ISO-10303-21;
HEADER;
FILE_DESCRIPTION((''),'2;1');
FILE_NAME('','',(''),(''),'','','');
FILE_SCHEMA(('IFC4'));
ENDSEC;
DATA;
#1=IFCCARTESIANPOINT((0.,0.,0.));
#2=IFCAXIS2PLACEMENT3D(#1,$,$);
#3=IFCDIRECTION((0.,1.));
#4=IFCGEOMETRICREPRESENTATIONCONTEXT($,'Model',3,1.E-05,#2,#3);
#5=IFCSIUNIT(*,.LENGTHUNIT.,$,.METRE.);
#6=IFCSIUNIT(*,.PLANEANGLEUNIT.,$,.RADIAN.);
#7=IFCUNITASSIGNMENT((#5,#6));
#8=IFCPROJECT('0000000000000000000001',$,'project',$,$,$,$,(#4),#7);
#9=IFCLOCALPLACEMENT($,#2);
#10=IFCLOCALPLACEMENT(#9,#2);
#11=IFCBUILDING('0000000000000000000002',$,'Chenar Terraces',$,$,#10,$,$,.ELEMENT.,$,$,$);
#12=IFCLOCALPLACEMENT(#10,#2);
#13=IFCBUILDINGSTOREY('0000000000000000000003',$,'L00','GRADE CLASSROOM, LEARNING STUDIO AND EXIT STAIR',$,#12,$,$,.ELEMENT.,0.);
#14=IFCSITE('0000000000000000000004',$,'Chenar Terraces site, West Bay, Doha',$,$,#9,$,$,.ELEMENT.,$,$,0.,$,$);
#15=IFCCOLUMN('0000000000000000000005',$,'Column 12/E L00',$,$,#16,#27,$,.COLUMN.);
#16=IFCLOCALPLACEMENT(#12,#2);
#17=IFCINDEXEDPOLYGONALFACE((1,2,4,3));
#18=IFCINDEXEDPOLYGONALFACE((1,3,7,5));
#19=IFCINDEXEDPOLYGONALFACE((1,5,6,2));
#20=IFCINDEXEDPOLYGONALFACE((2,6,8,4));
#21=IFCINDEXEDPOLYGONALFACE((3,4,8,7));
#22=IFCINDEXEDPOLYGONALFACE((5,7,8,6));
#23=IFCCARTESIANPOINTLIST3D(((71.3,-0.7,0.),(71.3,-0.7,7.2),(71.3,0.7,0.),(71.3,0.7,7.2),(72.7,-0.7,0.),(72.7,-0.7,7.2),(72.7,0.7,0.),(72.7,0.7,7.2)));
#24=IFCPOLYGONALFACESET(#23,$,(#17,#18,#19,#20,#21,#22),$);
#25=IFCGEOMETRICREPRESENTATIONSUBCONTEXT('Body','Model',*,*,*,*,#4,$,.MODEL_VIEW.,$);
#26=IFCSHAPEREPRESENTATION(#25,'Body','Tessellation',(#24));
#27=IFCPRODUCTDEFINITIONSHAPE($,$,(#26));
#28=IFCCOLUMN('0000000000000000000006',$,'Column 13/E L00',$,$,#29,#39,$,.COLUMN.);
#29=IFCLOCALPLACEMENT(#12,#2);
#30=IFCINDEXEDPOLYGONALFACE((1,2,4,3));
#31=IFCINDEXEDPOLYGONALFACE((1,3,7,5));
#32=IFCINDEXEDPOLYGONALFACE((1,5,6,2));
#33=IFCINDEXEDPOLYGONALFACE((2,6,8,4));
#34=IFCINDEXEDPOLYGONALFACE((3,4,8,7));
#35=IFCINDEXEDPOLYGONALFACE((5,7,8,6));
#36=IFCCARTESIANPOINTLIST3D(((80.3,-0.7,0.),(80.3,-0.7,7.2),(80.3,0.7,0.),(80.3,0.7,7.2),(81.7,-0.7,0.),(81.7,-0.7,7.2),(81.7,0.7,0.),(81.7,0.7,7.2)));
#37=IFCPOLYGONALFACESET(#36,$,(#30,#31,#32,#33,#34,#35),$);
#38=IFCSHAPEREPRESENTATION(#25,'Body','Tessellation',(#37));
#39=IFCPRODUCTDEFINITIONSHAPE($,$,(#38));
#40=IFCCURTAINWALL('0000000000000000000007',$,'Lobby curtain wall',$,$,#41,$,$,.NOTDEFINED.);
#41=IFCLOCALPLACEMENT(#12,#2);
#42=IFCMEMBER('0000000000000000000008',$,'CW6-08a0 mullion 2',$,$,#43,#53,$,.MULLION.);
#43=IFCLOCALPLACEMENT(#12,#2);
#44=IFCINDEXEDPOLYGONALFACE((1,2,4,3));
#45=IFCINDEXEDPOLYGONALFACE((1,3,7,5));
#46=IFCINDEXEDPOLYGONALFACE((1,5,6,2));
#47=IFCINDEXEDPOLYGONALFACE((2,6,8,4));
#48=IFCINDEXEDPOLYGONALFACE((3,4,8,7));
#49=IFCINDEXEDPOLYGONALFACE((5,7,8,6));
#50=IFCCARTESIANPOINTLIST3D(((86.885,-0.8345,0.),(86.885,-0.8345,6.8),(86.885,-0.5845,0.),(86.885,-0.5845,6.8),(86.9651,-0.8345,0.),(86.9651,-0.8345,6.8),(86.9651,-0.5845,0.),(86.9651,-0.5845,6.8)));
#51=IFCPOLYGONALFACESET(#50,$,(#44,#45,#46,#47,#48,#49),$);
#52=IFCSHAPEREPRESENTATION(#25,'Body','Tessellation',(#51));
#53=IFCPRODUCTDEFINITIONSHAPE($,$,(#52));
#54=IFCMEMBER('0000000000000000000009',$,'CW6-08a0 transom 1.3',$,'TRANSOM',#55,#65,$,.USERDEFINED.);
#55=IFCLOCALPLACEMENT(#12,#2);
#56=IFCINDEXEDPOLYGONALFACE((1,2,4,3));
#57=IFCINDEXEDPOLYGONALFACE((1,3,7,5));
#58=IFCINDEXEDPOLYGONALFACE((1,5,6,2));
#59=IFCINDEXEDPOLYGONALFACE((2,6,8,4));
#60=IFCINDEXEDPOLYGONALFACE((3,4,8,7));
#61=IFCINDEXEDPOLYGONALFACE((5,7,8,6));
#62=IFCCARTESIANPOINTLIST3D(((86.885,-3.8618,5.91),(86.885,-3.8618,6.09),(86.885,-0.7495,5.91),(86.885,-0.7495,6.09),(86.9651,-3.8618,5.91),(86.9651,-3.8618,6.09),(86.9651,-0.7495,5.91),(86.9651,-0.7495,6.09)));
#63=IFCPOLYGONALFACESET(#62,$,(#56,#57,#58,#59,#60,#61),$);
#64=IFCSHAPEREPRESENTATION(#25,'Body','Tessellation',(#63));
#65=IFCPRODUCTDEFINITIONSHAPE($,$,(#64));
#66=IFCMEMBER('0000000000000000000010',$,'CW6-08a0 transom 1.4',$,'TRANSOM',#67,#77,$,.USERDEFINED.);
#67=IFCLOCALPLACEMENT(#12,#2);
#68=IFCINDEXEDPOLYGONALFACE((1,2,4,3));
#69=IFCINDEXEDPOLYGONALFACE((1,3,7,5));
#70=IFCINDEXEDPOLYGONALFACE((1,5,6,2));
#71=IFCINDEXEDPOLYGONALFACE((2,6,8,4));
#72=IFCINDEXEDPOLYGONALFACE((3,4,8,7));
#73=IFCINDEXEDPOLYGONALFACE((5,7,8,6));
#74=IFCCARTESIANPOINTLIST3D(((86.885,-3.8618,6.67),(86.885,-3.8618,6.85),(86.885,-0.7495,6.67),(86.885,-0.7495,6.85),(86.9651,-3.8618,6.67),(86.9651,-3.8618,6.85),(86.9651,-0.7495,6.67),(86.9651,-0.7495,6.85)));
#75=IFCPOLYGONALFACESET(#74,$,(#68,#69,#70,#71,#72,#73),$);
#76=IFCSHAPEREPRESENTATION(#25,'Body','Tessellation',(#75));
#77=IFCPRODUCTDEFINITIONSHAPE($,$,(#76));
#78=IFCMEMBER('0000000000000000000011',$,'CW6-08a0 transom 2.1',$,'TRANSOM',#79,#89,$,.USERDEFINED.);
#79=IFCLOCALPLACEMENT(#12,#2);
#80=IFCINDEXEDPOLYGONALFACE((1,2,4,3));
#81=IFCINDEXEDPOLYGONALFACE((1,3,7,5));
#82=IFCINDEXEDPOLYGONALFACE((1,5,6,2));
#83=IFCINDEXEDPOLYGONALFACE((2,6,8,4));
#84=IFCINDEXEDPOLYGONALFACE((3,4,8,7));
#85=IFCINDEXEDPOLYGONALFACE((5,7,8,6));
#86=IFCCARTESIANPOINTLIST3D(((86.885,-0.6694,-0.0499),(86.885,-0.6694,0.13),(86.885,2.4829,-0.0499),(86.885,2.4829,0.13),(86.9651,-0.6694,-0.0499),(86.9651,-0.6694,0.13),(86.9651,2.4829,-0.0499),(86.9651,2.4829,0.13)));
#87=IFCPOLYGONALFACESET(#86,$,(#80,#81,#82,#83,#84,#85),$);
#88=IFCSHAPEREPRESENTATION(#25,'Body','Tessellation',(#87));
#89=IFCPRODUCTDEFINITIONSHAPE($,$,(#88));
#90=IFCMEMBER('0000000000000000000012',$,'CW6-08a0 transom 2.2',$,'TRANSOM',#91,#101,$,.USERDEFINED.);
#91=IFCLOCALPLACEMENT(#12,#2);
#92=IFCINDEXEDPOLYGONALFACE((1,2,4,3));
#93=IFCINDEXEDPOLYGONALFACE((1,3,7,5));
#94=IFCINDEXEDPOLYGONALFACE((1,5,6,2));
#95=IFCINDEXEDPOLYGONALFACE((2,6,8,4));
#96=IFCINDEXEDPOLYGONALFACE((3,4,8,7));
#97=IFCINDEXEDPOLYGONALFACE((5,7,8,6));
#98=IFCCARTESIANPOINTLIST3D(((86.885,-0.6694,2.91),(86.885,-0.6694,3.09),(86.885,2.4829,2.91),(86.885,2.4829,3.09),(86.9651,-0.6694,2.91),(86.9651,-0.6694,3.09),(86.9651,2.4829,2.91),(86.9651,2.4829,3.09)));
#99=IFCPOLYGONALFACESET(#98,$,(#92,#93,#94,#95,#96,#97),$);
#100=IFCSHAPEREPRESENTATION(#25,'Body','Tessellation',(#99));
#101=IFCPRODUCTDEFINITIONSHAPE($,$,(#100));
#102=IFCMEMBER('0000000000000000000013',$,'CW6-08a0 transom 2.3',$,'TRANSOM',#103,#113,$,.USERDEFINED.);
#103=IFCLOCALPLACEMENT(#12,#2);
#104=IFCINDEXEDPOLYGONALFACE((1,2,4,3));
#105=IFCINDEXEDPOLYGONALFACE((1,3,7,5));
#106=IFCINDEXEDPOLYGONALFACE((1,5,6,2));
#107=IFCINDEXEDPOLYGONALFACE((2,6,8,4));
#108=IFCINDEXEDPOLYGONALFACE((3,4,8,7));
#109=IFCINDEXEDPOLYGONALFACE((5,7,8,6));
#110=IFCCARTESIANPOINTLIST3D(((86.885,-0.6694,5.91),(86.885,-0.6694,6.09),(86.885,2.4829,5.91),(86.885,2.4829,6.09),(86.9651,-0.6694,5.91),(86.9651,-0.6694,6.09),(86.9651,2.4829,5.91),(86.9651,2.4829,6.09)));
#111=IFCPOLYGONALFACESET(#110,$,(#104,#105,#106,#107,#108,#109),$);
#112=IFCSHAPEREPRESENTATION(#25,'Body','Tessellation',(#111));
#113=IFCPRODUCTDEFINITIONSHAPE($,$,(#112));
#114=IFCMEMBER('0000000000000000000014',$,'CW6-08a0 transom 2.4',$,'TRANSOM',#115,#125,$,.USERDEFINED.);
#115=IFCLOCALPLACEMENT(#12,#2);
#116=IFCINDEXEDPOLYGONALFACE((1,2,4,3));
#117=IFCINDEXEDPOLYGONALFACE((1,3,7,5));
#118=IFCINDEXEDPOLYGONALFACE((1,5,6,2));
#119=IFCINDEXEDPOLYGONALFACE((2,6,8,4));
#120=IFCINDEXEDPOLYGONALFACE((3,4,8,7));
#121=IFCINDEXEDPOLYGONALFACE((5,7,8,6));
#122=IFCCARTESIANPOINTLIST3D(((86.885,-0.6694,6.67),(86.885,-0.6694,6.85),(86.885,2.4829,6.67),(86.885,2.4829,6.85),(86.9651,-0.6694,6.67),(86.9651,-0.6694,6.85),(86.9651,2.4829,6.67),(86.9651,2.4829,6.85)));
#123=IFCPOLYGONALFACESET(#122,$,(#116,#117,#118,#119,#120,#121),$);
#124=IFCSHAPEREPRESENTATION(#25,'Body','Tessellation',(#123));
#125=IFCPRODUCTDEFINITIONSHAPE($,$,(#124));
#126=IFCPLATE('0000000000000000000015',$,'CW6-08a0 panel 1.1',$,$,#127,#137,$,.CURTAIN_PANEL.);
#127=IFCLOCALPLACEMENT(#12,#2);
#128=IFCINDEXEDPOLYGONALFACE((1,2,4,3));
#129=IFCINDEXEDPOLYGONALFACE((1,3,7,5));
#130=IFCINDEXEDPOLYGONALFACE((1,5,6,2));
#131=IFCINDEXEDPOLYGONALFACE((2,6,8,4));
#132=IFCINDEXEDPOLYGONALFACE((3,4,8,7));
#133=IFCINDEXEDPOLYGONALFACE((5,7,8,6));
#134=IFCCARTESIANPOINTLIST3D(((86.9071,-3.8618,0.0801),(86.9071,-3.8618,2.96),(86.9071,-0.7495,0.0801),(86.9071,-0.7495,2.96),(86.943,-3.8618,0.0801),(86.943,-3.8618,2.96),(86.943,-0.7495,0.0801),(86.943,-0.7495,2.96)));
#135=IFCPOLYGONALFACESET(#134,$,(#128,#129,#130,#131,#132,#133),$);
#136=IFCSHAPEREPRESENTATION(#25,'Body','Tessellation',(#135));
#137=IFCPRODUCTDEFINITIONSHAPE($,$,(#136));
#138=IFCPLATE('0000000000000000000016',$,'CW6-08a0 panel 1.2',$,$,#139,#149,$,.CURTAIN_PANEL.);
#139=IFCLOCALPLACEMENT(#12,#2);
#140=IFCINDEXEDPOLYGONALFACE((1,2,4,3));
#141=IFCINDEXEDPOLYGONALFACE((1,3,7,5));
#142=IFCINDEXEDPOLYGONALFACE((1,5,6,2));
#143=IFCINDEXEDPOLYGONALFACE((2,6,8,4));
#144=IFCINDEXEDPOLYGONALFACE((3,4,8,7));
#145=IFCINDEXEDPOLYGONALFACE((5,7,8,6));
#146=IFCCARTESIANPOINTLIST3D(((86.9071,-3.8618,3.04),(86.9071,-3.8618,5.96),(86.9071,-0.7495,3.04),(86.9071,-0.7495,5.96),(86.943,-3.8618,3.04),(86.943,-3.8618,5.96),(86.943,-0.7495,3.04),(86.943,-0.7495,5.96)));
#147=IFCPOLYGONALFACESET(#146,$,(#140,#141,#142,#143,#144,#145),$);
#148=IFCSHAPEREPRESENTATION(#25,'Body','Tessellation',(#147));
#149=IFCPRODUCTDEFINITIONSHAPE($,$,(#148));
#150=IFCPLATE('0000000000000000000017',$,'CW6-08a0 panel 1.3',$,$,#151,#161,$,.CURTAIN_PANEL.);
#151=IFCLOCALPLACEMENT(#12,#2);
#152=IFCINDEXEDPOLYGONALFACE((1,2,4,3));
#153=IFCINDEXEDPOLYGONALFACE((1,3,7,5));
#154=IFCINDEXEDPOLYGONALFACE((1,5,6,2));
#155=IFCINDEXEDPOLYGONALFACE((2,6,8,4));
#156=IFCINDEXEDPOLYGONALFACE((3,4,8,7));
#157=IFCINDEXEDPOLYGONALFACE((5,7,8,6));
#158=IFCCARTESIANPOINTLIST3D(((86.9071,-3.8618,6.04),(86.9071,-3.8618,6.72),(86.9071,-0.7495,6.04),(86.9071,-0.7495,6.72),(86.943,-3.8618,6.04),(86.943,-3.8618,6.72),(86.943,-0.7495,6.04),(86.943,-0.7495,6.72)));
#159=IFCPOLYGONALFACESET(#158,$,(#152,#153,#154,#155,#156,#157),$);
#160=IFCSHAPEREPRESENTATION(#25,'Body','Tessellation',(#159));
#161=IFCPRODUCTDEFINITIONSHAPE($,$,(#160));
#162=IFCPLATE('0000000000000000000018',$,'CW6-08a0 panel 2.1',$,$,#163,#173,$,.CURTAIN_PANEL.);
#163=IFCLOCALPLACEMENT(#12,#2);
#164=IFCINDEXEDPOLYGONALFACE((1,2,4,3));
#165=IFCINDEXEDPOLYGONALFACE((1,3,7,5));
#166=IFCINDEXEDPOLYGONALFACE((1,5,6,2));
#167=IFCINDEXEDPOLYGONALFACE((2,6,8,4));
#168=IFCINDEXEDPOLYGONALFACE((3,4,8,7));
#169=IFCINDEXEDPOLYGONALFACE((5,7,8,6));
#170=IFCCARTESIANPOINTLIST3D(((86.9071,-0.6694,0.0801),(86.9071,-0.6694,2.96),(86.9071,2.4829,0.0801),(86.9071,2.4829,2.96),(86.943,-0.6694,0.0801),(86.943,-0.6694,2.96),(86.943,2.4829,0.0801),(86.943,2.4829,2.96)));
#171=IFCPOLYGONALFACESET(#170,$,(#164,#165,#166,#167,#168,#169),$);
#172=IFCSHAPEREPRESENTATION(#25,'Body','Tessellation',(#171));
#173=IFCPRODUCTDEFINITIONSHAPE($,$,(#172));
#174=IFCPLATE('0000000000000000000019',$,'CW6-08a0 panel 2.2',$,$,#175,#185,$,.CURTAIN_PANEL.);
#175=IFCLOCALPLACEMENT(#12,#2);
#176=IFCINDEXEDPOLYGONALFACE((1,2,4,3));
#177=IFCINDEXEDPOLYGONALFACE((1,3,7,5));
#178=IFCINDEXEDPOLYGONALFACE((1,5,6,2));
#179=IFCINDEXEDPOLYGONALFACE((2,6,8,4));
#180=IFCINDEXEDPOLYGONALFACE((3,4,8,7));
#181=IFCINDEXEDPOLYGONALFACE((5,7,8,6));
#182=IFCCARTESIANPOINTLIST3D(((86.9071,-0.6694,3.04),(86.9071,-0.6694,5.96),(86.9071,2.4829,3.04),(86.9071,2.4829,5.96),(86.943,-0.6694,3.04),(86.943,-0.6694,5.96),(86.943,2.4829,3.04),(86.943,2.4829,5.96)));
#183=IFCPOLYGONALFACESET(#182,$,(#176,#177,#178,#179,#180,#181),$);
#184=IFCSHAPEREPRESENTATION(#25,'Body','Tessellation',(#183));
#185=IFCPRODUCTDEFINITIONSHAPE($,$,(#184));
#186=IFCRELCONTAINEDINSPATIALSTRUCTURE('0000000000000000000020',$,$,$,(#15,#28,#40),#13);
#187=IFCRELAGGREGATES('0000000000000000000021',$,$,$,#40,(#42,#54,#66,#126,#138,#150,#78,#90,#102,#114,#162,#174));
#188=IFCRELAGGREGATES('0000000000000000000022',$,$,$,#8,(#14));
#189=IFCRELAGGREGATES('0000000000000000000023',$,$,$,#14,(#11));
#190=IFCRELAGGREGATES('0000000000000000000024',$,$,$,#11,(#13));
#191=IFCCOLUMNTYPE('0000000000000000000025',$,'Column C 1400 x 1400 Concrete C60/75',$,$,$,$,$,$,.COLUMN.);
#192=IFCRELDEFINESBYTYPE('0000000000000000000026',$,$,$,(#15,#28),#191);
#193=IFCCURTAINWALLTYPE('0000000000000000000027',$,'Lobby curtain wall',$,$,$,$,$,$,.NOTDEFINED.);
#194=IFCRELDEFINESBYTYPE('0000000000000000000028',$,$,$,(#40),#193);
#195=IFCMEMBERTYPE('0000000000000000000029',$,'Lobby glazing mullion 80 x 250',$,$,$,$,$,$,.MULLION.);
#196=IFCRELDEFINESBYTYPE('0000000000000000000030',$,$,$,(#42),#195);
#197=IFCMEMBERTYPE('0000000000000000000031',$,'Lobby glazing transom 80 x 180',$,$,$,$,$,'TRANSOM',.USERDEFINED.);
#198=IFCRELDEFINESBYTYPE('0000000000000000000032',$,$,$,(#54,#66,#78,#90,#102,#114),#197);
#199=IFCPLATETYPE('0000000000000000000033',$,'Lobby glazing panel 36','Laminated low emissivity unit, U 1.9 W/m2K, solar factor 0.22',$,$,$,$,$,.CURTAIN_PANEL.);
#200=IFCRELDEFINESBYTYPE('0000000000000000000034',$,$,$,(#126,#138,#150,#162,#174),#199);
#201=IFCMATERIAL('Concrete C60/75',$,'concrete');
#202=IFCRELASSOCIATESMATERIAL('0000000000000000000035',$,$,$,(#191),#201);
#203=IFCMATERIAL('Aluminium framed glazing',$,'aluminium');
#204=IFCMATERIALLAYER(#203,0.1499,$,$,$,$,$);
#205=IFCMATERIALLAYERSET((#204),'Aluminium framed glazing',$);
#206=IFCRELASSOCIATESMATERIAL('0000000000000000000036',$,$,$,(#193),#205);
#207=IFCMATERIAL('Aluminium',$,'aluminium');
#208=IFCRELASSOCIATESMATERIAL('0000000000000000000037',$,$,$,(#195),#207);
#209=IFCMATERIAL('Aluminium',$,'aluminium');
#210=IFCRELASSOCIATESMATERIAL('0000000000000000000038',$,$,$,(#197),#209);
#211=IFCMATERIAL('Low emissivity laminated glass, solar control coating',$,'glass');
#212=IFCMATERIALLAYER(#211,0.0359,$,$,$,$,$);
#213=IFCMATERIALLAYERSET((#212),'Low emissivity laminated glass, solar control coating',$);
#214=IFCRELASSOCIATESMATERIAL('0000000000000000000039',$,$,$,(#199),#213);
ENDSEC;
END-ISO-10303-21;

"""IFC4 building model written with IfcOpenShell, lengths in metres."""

from ifc_helpers import new_model, si_unit, direction, frame, origin, origin_2d, place, context, subcontext, project, spatial, rectangle, extrude, material, layer, layer_set, material_profile, profile_set, type_object, element, aggregate, save


model = new_model("IFC4")

# Units and contexts
model_context = context("Model", 3, precision=1e-05, world=origin(), true_north=direction((0.0, 1.0)))
body_context = subcontext(model_context, "Body", "Model", "MODEL_VIEW")
ifc_project = project(units=[si_unit("LENGTHUNIT", "METRE"), si_unit("PLANEANGLEUNIT", "RADIAN")], contexts=[model_context])

# Site, building, storey
site_placement = place(None, origin())
site = spatial("IfcSite", under=ifc_project, at=site_placement, Name="Chenar Terraces site, West Bay, Doha", CompositionType="ELEMENT", RefElevation=0.0)
building_placement = place(site_placement, origin())
building = spatial("IfcBuilding", under=site, at=building_placement, Name="Chenar Terraces", CompositionType="ELEMENT")
storey_placement = place(building_placement, origin())
storey = spatial("IfcBuildingStorey", under=building, at=storey_placement, Name="L00", Description="GRADE CLASSROOM, LEARNING STUDIO AND EXIT STAIR", CompositionType="ELEMENT", Elevation=0.0)

# Columns
ifc_material_1 = material(Name="Concrete C60/75", Category="concrete")
ifc_material_profile_1 = material_profile(ifc_material_1, rectangle(XDim=1.3999, YDim=1.3999, at=origin_2d()), Name="C 1400 x 1400")
ifc_profile_set_1 = profile_set([ifc_material_profile_1], Name="Concrete C60/75")
column_type = type_object("IfcColumnType", Name="Column C 1400 x 1400 Concrete C60/75", PredefinedType="COLUMN", material=ifc_profile_set_1)
for number, where, z_axis, x_axis, name in (
    (1, (72.0, 0.0, 0.0), (0.0, 0.0, 1.0), (1.0, 0.0, 0.0), "Column 12/E L00"),
    (2, (81.0, 0.0, 0.0), (0.0, 0.0, 1.0), (1.0, 0.0, 0.0), "Column 13/E L00"),
):
    element("IfcColumn", number, at=place(storey_placement, frame(where, z_axis=z_axis, x_axis=x_axis)), inside=storey, type_object=column_type, Name=name, PredefinedType="COLUMN", context=body_context, shape_type="SweptSolid", body=[
        extrude(rectangle(XDim=1.3999, YDim=1.3999, at=origin_2d()), origin(), (0.0, 0.0, 1.0), 7.2),
    ])

# Curtain wall, members, plates
ifc_material_2 = material(Name="Aluminium framed glazing", Category="aluminium")
ifc_layer_1 = layer(ifc_material_2, 0.1499)
ifc_layer_set_1 = layer_set([ifc_layer_1], Name="Aluminium framed glazing")
curtain_wall_type = type_object("IfcCurtainWallType", Name="Lobby curtain wall", PredefinedType="NOTDEFINED", material=ifc_layer_set_1)
curtain_wall_placement = place(storey_placement, origin())
curtain_wall = element("IfcCurtainWall", 3, at=curtain_wall_placement, inside=storey, type_object=curtain_wall_type, Name="Lobby curtain wall", PredefinedType="NOTDEFINED")
ifc_material_3 = material(Name="Aluminium", Category="aluminium")
ifc_material_profile_2 = material_profile(ifc_material_3, rectangle(XDim=0.0801, YDim=0.25, at=origin_2d()), Name="Lobby glazing mullion 80 x 250")
ifc_profile_set_2 = profile_set([ifc_material_profile_2], Name="Aluminium")
member_type_1 = type_object("IfcMemberType", Name="Lobby glazing mullion 80 x 250", PredefinedType="MULLION", material=ifc_profile_set_2)
member_1_placement = place(storey_placement, frame((86.925, -0.7095, 0.0), z_axis=(0.0, 0.0, 1.0), x_axis=(-1.0, 0.0, 0.0)))
member_1 = element("IfcMember", 4, at=member_1_placement, type_object=member_type_1, Name="CW6-08a0 mullion 2", PredefinedType="MULLION", context=body_context, shape_type="SweptSolid", body=[
    extrude(rectangle(XDim=0.0801, YDim=0.25, at=origin_2d()), origin(), (0.0, 0.0, 1.0), 6.8),
])
ifc_material_4 = material(Name="Aluminium", Category="aluminium")
ifc_material_profile_3 = material_profile(ifc_material_4, rectangle(XDim=0.0801, YDim=0.1799, at=origin_2d()), Name="Lobby glazing transom 80 x 180")
ifc_profile_set_3 = profile_set([ifc_material_profile_3], Name="Aluminium")
member_type_2 = type_object("IfcMemberType", Name="Lobby glazing transom 80 x 180", ElementType="TRANSOM", PredefinedType="USERDEFINED", material=ifc_profile_set_3)
member_2_placement = place(storey_placement, frame((86.925, -3.8618, 6.0), z_axis=(0.0, 1.0, 0.0), x_axis=(-1.0, 0.0, 0.0)))
member_2 = element("IfcMember", 5, at=member_2_placement, type_object=member_type_2, Name="CW6-08a0 transom 1.3", ObjectType="TRANSOM", PredefinedType="USERDEFINED", context=body_context, shape_type="SweptSolid", body=[
    extrude(rectangle(XDim=0.0801, YDim=0.1799, at=origin_2d()), origin(), (0.0, 0.0, 1.0), 3.1123),
])
member_3_placement = place(storey_placement, frame((86.925, -3.8618, 6.76), z_axis=(0.0, 1.0, 0.0), x_axis=(-1.0, 0.0, 0.0)))
member_3 = element("IfcMember", 6, at=member_3_placement, type_object=member_type_2, Name="CW6-08a0 transom 1.4", ObjectType="TRANSOM", PredefinedType="USERDEFINED", context=body_context, shape_type="SweptSolid", body=[
    extrude(rectangle(XDim=0.0801, YDim=0.1799, at=origin_2d()), origin(), (0.0, 0.0, 1.0), 3.1123),
])
member_4_placement = place(storey_placement, frame((86.925, -0.6694, 0.04), z_axis=(0.0, 1.0, 0.0), x_axis=(-1.0, 0.0, 0.0)))
member_4 = element("IfcMember", 7, at=member_4_placement, type_object=member_type_2, Name="CW6-08a0 transom 2.1", ObjectType="TRANSOM", PredefinedType="USERDEFINED", context=body_context, shape_type="SweptSolid", body=[
    extrude(rectangle(XDim=0.0801, YDim=0.1799, at=origin_2d()), origin(), (0.0, 0.0, 1.0), 3.1523),
])
member_5_placement = place(storey_placement, frame((86.925, -0.6694, 3.0), z_axis=(0.0, 1.0, 0.0), x_axis=(-1.0, 0.0, 0.0)))
member_5 = element("IfcMember", 8, at=member_5_placement, type_object=member_type_2, Name="CW6-08a0 transom 2.2", ObjectType="TRANSOM", PredefinedType="USERDEFINED", context=body_context, shape_type="SweptSolid", body=[
    extrude(rectangle(XDim=0.0801, YDim=0.1799, at=origin_2d()), origin(), (0.0, 0.0, 1.0), 3.1523),
])
member_6_placement = place(storey_placement, frame((86.925, -0.6694, 6.0), z_axis=(0.0, 1.0, 0.0), x_axis=(-1.0, 0.0, 0.0)))
member_6 = element("IfcMember", 9, at=member_6_placement, type_object=member_type_2, Name="CW6-08a0 transom 2.3", ObjectType="TRANSOM", PredefinedType="USERDEFINED", context=body_context, shape_type="SweptSolid", body=[
    extrude(rectangle(XDim=0.0801, YDim=0.1799, at=origin_2d()), origin(), (0.0, 0.0, 1.0), 3.1523),
])
member_7_placement = place(storey_placement, frame((86.925, -0.6694, 6.76), z_axis=(0.0, 1.0, 0.0), x_axis=(-1.0, 0.0, 0.0)))
member_7 = element("IfcMember", 10, at=member_7_placement, type_object=member_type_2, Name="CW6-08a0 transom 2.4", ObjectType="TRANSOM", PredefinedType="USERDEFINED", context=body_context, shape_type="SweptSolid", body=[
    extrude(rectangle(XDim=0.0801, YDim=0.1799, at=origin_2d()), origin(), (0.0, 0.0, 1.0), 3.1523),
])
ifc_material_5 = material(Name="Low emissivity laminated glass, solar control coating", Category="glass")
ifc_layer_2 = layer(ifc_material_5, 0.0359)
ifc_layer_set_2 = layer_set([ifc_layer_2], Name="Low emissivity laminated glass, solar control coating")
plate_type = type_object("IfcPlateType", Name="Lobby glazing panel 36", Description="Laminated low emissivity unit, U 1.9 W/m2K, solar factor 0.22", PredefinedType="CURTAIN_PANEL", material=ifc_layer_set_2)
plate_1_placement = place(storey_placement, frame((86.925, -2.3057, 0.0801), z_axis=(0.0, 0.0, 1.0), x_axis=(0.0, 1.0, 0.0)))
plate_1 = element("IfcPlate", 11, at=plate_1_placement, type_object=plate_type, Name="CW6-08a0 panel 1.1", PredefinedType="CURTAIN_PANEL", context=body_context, shape_type="SweptSolid", body=[
    extrude(rectangle(XDim=3.1123, YDim=0.0359, at=origin_2d()), origin(), (0.0, 0.0, 1.0), 2.8799),
])
plate_2_placement = place(storey_placement, frame((86.925, -2.3057, 3.04), z_axis=(0.0, 0.0, 1.0), x_axis=(0.0, 1.0, 0.0)))
plate_2 = element("IfcPlate", 12, at=plate_2_placement, type_object=plate_type, Name="CW6-08a0 panel 1.2", PredefinedType="CURTAIN_PANEL", context=body_context, shape_type="SweptSolid", body=[
    extrude(rectangle(XDim=3.1123, YDim=0.0359, at=origin_2d()), origin(), (0.0, 0.0, 1.0), 2.9199),
])
plate_3_placement = place(storey_placement, frame((86.925, -2.3057, 6.04), z_axis=(0.0, 0.0, 1.0), x_axis=(0.0, 1.0, 0.0)))
plate_3 = element("IfcPlate", 13, at=plate_3_placement, type_object=plate_type, Name="CW6-08a0 panel 1.3", PredefinedType="CURTAIN_PANEL", context=body_context, shape_type="SweptSolid", body=[
    extrude(rectangle(XDim=3.1123, YDim=0.0359, at=origin_2d()), origin(), (0.0, 0.0, 1.0), 0.6799),
])
plate_4_placement = place(storey_placement, frame((86.925, 0.9067, 0.0801), z_axis=(0.0, 0.0, 1.0), x_axis=(0.0, 1.0, 0.0)))
plate_4 = element("IfcPlate", 14, at=plate_4_placement, type_object=plate_type, Name="CW6-08a0 panel 2.1", PredefinedType="CURTAIN_PANEL", context=body_context, shape_type="SweptSolid", body=[
    extrude(rectangle(XDim=3.1523, YDim=0.0359, at=origin_2d()), origin(), (0.0, 0.0, 1.0), 2.8799),
])
plate_5_placement = place(storey_placement, frame((86.925, 0.9067, 3.04), z_axis=(0.0, 0.0, 1.0), x_axis=(0.0, 1.0, 0.0)))
plate_5 = element("IfcPlate", 15, at=plate_5_placement, type_object=plate_type, Name="CW6-08a0 panel 2.2", PredefinedType="CURTAIN_PANEL", context=body_context, shape_type="SweptSolid", body=[
    extrude(rectangle(XDim=3.1523, YDim=0.0359, at=origin_2d()), origin(), (0.0, 0.0, 1.0), 2.9199),
])
aggregate(curtain_wall, [member_1, member_2, member_3, plate_1, plate_2, plate_3, member_4, member_5, member_6, member_7, plate_4, plate_5])

save(model, "model.ifc")
